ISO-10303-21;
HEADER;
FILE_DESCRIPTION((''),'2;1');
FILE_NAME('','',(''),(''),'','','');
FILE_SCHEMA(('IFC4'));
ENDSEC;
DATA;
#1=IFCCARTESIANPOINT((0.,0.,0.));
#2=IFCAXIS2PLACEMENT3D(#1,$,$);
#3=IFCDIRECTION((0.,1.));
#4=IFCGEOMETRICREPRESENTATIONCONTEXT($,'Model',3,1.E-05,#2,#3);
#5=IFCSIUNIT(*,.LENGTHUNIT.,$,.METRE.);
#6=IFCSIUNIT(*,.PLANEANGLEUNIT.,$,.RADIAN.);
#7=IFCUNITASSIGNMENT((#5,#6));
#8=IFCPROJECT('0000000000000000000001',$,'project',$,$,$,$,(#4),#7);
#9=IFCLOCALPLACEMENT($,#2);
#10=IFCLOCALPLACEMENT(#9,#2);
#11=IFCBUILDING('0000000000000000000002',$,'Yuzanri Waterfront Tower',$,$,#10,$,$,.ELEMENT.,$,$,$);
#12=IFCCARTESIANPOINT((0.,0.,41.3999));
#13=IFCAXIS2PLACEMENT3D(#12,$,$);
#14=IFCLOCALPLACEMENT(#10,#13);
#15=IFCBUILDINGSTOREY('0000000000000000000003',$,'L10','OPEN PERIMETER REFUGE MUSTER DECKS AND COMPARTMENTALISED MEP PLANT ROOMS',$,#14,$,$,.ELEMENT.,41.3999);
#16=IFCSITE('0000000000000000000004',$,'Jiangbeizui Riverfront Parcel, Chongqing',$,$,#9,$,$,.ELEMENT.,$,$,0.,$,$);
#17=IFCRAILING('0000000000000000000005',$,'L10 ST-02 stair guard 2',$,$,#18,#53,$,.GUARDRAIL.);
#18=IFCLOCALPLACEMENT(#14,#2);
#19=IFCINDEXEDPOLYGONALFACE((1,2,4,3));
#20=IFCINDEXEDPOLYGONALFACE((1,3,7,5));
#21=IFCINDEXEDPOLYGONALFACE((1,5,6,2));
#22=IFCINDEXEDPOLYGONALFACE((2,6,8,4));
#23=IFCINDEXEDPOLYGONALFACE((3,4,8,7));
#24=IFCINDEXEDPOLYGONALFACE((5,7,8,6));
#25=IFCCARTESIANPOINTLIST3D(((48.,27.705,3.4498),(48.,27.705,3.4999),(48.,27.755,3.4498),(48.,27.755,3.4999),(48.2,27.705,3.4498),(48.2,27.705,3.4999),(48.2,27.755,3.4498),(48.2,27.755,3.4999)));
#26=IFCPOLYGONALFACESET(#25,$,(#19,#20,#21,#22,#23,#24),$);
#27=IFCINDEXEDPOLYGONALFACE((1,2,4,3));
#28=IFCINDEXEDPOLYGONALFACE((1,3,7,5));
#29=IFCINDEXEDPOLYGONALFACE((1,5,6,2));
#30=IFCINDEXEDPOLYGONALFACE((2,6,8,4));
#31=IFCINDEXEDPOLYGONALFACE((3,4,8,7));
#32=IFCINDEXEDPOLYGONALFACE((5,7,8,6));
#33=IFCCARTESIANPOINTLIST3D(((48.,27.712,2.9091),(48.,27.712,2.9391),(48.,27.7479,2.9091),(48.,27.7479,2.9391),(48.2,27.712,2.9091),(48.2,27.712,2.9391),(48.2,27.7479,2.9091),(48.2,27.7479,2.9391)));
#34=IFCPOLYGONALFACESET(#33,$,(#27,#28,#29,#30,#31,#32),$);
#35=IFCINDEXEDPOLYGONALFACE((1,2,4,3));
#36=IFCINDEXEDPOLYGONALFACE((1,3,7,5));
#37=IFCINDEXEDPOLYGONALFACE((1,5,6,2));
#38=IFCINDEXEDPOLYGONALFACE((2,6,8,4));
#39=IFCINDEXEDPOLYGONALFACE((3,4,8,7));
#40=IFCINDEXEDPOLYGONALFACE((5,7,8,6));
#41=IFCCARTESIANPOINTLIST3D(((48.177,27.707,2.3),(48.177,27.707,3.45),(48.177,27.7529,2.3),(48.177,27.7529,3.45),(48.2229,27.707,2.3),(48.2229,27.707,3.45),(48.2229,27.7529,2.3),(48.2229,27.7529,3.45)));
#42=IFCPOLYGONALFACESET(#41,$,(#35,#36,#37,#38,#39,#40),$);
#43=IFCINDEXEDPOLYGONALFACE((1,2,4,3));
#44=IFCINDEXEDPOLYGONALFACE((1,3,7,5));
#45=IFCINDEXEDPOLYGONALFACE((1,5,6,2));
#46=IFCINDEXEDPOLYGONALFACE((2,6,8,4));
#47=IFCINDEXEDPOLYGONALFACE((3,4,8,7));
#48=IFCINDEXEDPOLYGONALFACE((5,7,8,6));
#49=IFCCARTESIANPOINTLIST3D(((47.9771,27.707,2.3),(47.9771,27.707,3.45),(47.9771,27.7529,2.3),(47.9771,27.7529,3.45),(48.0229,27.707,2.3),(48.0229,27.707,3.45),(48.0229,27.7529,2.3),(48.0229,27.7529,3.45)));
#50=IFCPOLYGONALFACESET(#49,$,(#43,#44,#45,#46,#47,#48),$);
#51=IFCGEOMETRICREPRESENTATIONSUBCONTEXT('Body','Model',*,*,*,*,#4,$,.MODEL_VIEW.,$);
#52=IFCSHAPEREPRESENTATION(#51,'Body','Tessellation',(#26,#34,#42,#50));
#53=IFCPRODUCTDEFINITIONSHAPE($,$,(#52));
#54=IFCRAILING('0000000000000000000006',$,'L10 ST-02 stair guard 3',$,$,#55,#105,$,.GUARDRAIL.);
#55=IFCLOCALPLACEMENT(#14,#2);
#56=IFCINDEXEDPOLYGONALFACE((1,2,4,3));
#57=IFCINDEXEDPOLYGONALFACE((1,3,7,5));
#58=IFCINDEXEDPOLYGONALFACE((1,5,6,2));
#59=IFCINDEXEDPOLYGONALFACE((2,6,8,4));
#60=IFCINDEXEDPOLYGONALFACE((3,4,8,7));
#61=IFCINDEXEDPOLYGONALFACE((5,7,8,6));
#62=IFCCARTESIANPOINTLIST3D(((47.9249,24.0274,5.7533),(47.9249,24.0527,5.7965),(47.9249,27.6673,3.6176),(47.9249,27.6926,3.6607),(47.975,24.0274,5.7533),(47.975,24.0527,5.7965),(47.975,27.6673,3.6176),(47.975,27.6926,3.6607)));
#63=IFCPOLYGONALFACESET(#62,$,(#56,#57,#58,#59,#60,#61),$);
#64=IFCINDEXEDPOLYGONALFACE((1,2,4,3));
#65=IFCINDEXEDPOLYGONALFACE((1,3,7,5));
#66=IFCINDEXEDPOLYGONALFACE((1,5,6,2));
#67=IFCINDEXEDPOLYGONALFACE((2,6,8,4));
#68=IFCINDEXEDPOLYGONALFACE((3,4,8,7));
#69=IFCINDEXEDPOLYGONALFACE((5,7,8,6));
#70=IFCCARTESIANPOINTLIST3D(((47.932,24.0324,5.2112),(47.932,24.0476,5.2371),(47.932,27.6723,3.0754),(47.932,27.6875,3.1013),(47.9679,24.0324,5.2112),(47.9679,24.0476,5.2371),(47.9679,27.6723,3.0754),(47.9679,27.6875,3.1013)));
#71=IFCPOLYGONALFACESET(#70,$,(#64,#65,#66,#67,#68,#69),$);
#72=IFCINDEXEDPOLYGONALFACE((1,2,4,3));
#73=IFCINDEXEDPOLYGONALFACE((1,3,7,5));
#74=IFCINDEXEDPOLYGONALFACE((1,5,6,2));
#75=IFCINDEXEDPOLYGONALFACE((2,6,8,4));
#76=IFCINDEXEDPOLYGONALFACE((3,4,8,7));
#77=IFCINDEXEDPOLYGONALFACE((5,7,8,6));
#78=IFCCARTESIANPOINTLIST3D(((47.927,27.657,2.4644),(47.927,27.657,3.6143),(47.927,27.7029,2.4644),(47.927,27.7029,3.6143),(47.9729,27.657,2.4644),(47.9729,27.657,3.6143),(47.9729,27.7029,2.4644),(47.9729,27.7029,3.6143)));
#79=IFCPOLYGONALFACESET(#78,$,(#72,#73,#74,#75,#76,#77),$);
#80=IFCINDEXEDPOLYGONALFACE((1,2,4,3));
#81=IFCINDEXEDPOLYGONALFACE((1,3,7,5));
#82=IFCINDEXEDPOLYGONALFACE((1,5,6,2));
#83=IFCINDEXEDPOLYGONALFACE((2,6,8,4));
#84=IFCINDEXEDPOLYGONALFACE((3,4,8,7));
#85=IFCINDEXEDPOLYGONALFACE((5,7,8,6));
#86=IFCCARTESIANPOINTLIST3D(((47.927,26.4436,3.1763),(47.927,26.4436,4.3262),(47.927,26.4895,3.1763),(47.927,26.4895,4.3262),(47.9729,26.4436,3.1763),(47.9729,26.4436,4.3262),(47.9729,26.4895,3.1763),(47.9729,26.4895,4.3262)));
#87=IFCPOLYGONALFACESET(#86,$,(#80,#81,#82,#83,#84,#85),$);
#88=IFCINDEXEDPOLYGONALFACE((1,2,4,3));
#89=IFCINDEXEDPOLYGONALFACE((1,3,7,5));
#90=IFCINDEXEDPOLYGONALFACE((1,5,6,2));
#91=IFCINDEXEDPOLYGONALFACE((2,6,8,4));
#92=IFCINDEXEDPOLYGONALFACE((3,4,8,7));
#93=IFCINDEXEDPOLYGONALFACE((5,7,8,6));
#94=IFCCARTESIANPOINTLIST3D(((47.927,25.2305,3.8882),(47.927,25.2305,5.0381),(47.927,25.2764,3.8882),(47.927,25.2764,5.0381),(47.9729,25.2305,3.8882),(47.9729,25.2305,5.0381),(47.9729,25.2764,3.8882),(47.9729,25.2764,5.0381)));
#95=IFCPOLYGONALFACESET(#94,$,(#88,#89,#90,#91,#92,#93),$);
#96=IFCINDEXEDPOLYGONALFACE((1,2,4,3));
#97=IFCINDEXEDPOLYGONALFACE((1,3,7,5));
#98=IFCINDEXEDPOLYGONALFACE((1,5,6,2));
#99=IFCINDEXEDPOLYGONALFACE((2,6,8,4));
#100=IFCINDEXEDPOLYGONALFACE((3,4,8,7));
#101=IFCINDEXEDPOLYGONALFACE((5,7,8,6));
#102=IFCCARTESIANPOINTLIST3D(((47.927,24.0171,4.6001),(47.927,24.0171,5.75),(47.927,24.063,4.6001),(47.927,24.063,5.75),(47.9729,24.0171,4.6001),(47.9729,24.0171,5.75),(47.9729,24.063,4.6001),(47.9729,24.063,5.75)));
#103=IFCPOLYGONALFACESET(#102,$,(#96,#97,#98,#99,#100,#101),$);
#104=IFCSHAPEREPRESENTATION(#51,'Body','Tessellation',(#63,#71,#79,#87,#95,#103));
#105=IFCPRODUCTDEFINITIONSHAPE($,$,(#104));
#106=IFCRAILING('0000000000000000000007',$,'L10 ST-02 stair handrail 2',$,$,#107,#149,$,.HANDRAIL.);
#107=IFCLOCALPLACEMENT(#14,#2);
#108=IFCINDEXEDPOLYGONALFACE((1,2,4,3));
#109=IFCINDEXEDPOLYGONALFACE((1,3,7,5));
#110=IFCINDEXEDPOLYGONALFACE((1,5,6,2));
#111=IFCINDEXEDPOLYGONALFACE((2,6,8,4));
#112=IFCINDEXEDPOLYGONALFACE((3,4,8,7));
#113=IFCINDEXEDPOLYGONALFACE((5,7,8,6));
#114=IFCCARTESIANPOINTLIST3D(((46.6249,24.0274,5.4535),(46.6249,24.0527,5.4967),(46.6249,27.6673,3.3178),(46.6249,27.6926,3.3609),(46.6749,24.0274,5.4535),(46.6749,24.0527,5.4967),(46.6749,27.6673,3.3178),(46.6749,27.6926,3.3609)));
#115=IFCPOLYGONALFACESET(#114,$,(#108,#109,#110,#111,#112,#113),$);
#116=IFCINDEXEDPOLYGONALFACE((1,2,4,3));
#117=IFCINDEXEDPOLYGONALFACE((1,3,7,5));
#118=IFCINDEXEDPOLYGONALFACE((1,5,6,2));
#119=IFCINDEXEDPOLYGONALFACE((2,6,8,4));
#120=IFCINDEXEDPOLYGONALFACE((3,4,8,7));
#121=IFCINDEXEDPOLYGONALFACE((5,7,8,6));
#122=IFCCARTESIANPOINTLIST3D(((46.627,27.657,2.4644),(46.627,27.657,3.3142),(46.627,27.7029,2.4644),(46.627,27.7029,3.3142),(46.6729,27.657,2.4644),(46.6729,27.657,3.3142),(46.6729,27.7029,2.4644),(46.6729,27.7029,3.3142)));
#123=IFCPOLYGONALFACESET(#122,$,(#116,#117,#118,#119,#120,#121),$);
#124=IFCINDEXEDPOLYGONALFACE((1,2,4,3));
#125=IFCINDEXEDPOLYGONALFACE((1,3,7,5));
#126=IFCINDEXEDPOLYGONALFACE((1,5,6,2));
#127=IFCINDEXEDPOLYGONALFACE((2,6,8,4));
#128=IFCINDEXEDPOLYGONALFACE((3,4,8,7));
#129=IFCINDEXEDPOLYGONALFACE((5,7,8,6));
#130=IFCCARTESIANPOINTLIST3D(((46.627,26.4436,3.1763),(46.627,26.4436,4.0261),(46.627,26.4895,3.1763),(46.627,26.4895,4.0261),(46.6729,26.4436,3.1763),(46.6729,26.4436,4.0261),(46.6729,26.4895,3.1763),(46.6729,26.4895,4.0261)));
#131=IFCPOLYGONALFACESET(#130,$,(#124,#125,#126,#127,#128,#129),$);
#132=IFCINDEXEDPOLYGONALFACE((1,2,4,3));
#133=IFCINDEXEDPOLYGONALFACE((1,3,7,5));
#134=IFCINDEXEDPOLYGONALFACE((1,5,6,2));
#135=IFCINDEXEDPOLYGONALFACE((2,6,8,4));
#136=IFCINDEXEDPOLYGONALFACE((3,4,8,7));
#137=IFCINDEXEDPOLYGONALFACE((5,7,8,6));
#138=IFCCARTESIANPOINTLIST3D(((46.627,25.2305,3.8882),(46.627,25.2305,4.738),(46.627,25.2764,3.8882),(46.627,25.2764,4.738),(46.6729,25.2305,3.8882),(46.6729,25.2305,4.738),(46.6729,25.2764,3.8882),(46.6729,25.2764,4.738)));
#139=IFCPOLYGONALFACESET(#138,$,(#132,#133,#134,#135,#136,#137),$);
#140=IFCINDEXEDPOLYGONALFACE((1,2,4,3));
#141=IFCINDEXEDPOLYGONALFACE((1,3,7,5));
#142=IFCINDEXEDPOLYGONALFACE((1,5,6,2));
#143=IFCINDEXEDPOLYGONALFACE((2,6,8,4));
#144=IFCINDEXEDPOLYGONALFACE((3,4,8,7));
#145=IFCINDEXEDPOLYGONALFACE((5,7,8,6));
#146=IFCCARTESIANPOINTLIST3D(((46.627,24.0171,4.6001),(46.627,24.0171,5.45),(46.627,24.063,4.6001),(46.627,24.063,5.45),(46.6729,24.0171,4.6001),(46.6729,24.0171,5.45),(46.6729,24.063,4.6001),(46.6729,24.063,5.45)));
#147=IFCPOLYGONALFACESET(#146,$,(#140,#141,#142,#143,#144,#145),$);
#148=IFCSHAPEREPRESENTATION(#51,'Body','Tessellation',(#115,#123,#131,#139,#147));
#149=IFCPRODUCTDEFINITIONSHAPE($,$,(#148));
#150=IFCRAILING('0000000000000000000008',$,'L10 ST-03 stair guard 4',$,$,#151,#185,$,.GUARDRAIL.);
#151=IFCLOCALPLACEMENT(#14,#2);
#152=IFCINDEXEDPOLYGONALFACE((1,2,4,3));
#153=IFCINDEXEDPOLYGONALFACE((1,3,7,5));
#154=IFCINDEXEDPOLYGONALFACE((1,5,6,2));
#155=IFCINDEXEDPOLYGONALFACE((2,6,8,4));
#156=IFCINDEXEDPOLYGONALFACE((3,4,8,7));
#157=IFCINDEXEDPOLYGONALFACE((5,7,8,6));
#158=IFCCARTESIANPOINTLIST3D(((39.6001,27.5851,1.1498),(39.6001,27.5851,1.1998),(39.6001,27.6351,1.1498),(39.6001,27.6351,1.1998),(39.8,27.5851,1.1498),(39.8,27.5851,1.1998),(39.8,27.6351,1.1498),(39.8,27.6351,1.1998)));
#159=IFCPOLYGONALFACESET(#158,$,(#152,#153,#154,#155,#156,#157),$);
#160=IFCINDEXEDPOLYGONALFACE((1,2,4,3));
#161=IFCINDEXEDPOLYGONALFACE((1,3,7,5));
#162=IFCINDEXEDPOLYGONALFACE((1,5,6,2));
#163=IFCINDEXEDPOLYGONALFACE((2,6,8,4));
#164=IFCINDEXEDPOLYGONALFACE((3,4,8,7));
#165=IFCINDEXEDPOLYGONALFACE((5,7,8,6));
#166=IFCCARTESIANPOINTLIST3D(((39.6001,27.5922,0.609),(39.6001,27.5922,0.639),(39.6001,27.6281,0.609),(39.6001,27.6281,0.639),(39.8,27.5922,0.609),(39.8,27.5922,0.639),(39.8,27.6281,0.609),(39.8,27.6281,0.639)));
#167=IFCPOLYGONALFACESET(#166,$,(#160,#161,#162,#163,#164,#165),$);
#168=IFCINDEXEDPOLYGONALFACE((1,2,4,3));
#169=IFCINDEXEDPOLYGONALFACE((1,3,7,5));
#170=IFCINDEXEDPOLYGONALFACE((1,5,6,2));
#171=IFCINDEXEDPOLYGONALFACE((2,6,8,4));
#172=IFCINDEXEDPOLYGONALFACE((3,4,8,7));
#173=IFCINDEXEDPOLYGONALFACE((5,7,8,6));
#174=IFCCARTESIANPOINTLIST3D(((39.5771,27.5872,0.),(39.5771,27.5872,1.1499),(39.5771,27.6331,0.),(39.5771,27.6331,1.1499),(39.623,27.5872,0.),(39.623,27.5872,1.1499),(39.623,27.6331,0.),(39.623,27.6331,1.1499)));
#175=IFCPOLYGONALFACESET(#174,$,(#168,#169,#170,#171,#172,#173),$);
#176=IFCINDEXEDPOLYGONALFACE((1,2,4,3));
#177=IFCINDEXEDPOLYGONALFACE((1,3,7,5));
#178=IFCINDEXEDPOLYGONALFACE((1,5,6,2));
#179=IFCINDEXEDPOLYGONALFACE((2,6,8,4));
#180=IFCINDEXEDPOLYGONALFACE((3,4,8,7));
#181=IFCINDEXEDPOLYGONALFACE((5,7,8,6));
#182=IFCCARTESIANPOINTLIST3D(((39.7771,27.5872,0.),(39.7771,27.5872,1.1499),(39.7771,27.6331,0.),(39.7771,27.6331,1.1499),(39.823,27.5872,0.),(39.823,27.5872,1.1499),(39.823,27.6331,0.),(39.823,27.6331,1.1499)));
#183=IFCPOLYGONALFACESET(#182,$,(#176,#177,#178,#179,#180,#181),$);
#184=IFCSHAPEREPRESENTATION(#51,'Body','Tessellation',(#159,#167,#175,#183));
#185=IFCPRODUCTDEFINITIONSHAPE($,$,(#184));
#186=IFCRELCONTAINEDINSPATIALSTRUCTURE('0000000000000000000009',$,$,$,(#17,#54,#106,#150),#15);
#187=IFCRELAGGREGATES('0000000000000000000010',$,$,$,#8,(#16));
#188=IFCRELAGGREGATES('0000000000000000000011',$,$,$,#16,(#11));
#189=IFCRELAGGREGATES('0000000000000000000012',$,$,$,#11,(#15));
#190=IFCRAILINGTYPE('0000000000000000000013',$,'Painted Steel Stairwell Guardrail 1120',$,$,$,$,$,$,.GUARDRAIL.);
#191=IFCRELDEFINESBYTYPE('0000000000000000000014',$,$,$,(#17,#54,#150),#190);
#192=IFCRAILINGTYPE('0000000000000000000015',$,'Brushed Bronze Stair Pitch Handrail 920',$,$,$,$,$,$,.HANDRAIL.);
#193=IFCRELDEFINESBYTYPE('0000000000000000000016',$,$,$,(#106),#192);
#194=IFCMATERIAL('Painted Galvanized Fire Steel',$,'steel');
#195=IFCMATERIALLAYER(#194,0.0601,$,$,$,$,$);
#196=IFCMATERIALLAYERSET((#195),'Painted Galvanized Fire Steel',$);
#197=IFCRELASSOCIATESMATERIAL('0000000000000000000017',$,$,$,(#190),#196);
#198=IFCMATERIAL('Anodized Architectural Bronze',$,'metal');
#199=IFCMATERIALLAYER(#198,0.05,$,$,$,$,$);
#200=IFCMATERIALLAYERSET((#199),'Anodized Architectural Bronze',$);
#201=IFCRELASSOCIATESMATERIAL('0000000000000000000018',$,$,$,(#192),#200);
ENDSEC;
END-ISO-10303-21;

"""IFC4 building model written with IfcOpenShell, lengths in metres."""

from ifc_helpers import new_model, si_unit, direction, frame, origin, origin_2d, place, context, subcontext, project, spatial, rectangle, extrude, source, transform, mapped, material, layer, layer_set, type_object, element, save


model = new_model("IFC4")

# Units and contexts
model_context = context("Model", 3, precision=1e-05, world=origin(), true_north=direction((0.0, 1.0)))
body_context = subcontext(model_context, "Body", "Model", "MODEL_VIEW")
ifc_project = project(units=[si_unit("LENGTHUNIT", "METRE"), si_unit("PLANEANGLEUNIT", "RADIAN")], contexts=[model_context])

# Site, building, storey
site_placement = place(None, origin())
site = spatial("IfcSite", under=ifc_project, at=site_placement, Name="Jiangbeizui Riverfront Parcel, Chongqing", CompositionType="ELEMENT", RefElevation=0.0)
building_placement = place(site_placement, origin())
building = spatial("IfcBuilding", under=site, at=building_placement, Name="Yuzanri Waterfront Tower", CompositionType="ELEMENT")
storey_placement = place(building_placement, frame((0.0, 0.0, 41.3999)))
storey = spatial("IfcBuildingStorey", under=building, at=storey_placement, Name="L10", Description="OPEN PERIMETER REFUGE MUSTER DECKS AND COMPARTMENTALISED MEP PLANT ROOMS", CompositionType="ELEMENT", Elevation=41.3999)

# Railings
ifc_material_1 = material(Name="Painted Galvanized Fire Steel", Category="steel")
ifc_layer_1 = layer(ifc_material_1, 0.0601)
ifc_layer_set_1 = layer_set([ifc_layer_1], Name="Painted Galvanized Fire Steel")
railing_type_1 = type_object("IfcRailingType", Name="Painted Steel Stairwell Guardrail 1120", PredefinedType="GUARDRAIL", material=ifc_layer_set_1)
shared_shape_1 = source(origin(), body_context, "Body", "SweptSolid", [
    extrude(rectangle(XDim=0.05, YDim=0.05, at=origin_2d()), frame((0.0, 0.0, 1.1748), z_axis=(-1.0, 0.0, 0.0), x_axis=(0.0, -1.0, 0.0)), (0.0, 0.0, 1.0), 0.2),
    extrude(rectangle(XDim=0.0359, YDim=0.03, at=origin_2d()), frame((0.0, 0.0, 0.624), z_axis=(-1.0, 0.0, 0.0), x_axis=(0.0, -1.0, 0.0)), (0.0, 0.0, 1.0), 0.2),
    extrude(rectangle(XDim=0.0459, YDim=0.0459, at=origin_2d()), origin(), (0.0, 0.0, 1.0), 1.1499),
    extrude(rectangle(XDim=0.0459, YDim=0.0459, at=origin_2d()), frame((-0.2, 0.0, 0.0)), (0.0, 0.0, 1.0), 1.1499),
])
railing_1_placement = place(storey_placement, frame((48.2, 27.73, 2.3)))
element("IfcRailing", 1, at=railing_1_placement, inside=storey, type_object=railing_type_1, Name="L10 ST-02 stair guard 2", PredefinedType="GUARDRAIL", context=body_context, shape_type="MappedRepresentation", body=[
    mapped(shared_shape_1, transform((0.0, 0.0, 0.0), scale=1.0)),
])
shared_shape_2 = source(origin(), body_context, "Body", "SweptSolid", [
    extrude(rectangle(XDim=0.05, YDim=0.05, at=origin_2d()), frame((0.0, 0.0, 1.1748), z_axis=(0.0, -0.86249, 0.506074), x_axis=(1.0, 0.0, 0.0)), (0.0, 0.0, 1.0), 4.2202),
    extrude(rectangle(XDim=0.0359, YDim=0.03, at=origin_2d()), frame((0.0, 0.0, 0.624), z_axis=(0.0, -0.86249, 0.506074), x_axis=(1.0, 0.0, 0.0)), (0.0, 0.0, 1.0), 4.2202),
    extrude(rectangle(XDim=0.0459, YDim=0.0459, at=origin_2d()), origin(), (0.0, 0.0, 1.0), 1.1499),
    extrude(rectangle(XDim=0.0459, YDim=0.0459, at=origin_2d()), frame((0.0, -1.2134, 0.7119)), (0.0, 0.0, 1.0), 1.1499),
    extrude(rectangle(XDim=0.0459, YDim=0.0459, at=origin_2d()), frame((0.0, -2.4265, 1.4238)), (0.0, 0.0, 1.0), 1.1499),
    extrude(rectangle(XDim=0.0459, YDim=0.0459, at=origin_2d()), frame((0.0, -3.6399, 2.1357)), (0.0, 0.0, 1.0), 1.1499),
])
railing_2_placement = place(storey_placement, frame((47.95, 27.6799, 2.4644)))
element("IfcRailing", 2, at=railing_2_placement, inside=storey, type_object=railing_type_1, Name="L10 ST-02 stair guard 3", PredefinedType="GUARDRAIL", context=body_context, shape_type="MappedRepresentation", body=[
    mapped(shared_shape_2, transform((0.0, 0.0, 0.0), scale=1.0)),
])
ifc_material_2 = material(Name="Anodized Architectural Bronze", Category="metal")
ifc_layer_2 = layer(ifc_material_2, 0.05)
ifc_layer_set_2 = layer_set([ifc_layer_2], Name="Anodized Architectural Bronze")
railing_type_2 = type_object("IfcRailingType", Name="Brushed Bronze Stair Pitch Handrail 920", PredefinedType="HANDRAIL", material=ifc_layer_set_2)
shared_shape_3 = source(origin(), body_context, "Body", "SweptSolid", [
    extrude(rectangle(XDim=0.05, YDim=0.05, at=origin_2d()), frame((0.0, 0.0, 0.875), z_axis=(0.0, -0.86249, 0.506074), x_axis=(1.0, 0.0, 0.0)), (0.0, 0.0, 1.0), 4.2202),
    extrude(rectangle(XDim=0.0459, YDim=0.0459, at=origin_2d()), origin(), (0.0, 0.0, 1.0), 0.8499),
    extrude(rectangle(XDim=0.0459, YDim=0.0459, at=origin_2d()), frame((0.0, -1.2134, 0.7119)), (0.0, 0.0, 1.0), 0.8499),
    extrude(rectangle(XDim=0.0459, YDim=0.0459, at=origin_2d()), frame((0.0, -2.4265, 1.4238)), (0.0, 0.0, 1.0), 0.8499),
    extrude(rectangle(XDim=0.0459, YDim=0.0459, at=origin_2d()), frame((0.0, -3.6399, 2.1357)), (0.0, 0.0, 1.0), 0.8499),
])
railing_3_placement = place(storey_placement, frame((46.6499, 27.6799, 2.4644)))
element("IfcRailing", 3, at=railing_3_placement, inside=storey, type_object=railing_type_2, Name="L10 ST-02 stair handrail 2", PredefinedType="HANDRAIL", context=body_context, shape_type="MappedRepresentation", body=[
    mapped(shared_shape_3, transform((0.0, 0.0, 0.0), scale=1.0)),
])
shared_shape_4 = source(origin(), body_context, "Body", "SweptSolid", [
    extrude(rectangle(XDim=0.05, YDim=0.05, at=origin_2d()), frame((0.0, 0.0, 1.1748), z_axis=(1.0, 0.0, 0.0), x_axis=(0.0, 1.0, 0.0)), (0.0, 0.0, 1.0), 0.2),
    extrude(rectangle(XDim=0.0359, YDim=0.03, at=origin_2d()), frame((0.0, 0.0, 0.624), z_axis=(1.0, 0.0, 0.0), x_axis=(0.0, 1.0, 0.0)), (0.0, 0.0, 1.0), 0.2),
    extrude(rectangle(XDim=0.0459, YDim=0.0459, at=origin_2d()), origin(), (0.0, 0.0, 1.0), 1.1499),
    extrude(rectangle(XDim=0.0459, YDim=0.0459, at=origin_2d()), frame((0.2, 0.0, 0.0)), (0.0, 0.0, 1.0), 1.1499),
])
railing_4_placement = place(storey_placement, frame((39.6001, 27.6101, 0.0)))
element("IfcRailing", 4, at=railing_4_placement, inside=storey, type_object=railing_type_1, Name="L10 ST-03 stair guard 4", PredefinedType="GUARDRAIL", context=body_context, shape_type="MappedRepresentation", body=[
    mapped(shared_shape_4, transform((0.0, 0.0, 0.0), scale=1.0)),
])

save(model, "model.ifc")
